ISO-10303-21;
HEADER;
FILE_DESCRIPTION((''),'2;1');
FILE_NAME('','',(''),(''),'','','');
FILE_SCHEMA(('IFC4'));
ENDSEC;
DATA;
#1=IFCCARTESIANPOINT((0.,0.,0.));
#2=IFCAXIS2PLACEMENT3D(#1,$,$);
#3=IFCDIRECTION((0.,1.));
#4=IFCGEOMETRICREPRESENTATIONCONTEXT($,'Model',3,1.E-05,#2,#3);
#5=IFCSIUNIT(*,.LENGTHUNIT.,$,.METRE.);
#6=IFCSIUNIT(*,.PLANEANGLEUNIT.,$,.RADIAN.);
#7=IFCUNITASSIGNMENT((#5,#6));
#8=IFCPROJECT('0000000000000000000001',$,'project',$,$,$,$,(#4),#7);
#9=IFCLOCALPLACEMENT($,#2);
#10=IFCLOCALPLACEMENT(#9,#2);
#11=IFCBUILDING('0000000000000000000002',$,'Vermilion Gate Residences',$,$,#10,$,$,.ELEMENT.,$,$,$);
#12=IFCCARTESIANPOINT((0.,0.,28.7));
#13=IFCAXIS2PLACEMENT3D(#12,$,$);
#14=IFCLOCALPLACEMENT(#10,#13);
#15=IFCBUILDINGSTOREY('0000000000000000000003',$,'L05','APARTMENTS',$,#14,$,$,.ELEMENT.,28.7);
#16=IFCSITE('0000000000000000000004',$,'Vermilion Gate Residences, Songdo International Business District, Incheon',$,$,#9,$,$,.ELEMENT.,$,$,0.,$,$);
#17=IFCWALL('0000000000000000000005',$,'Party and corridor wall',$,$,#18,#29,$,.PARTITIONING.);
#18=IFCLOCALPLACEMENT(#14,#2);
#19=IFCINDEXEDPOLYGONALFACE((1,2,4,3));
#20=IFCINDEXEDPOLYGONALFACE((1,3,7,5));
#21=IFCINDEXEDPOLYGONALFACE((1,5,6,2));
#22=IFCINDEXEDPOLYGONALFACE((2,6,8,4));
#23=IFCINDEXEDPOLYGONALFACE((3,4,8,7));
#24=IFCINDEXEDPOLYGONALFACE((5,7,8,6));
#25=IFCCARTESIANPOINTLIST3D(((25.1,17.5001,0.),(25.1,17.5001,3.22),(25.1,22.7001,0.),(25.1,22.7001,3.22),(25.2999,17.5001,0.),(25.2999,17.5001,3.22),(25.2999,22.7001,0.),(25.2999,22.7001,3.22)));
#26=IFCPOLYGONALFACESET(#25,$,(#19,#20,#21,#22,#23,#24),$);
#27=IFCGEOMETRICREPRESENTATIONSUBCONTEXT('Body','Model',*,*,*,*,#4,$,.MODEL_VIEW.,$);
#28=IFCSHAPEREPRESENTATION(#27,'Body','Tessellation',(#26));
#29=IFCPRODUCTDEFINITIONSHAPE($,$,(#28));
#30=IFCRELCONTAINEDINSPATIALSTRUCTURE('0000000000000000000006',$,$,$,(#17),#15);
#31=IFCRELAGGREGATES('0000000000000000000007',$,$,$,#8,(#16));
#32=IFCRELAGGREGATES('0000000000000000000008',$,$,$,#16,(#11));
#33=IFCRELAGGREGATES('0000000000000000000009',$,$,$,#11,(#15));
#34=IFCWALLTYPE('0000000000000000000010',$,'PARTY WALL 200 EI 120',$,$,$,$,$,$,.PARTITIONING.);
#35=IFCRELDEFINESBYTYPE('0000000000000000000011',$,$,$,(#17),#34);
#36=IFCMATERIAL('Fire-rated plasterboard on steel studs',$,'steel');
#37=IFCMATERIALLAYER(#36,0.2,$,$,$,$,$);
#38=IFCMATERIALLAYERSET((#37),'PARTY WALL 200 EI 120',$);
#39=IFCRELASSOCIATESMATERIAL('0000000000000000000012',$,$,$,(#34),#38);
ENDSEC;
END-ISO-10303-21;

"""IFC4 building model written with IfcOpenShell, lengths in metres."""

from ifc_helpers import new_model, si_unit, direction, frame, frame_2d, origin, place, context, subcontext, project, spatial, rectangle, extrude, material, layer, layer_set, type_object, element, save


model = new_model("IFC4")

# Units and contexts
model_context = context("Model", 3, precision=1e-05, world=origin(), true_north=direction((0.0, 1.0)))
body_context = subcontext(model_context, "Body", "Model", "MODEL_VIEW")
ifc_project = project(units=[si_unit("LENGTHUNIT", "METRE"), si_unit("PLANEANGLEUNIT", "RADIAN")], contexts=[model_context])

# Site, building, storey
site_placement = place(None, origin())
site = spatial("IfcSite", under=ifc_project, at=site_placement, Name="Vermilion Gate Residences, Songdo International Business District, Incheon", CompositionType="ELEMENT", RefElevation=0.0)
building_placement = place(site_placement, origin())
building = spatial("IfcBuilding", under=site, at=building_placement, Name="Vermilion Gate Residences", CompositionType="ELEMENT")
storey_placement = place(building_placement, frame((0.0, 0.0, 28.7)))
storey = spatial("IfcBuildingStorey", under=building, at=storey_placement, Name="L05", Description="APARTMENTS", CompositionType="ELEMENT", Elevation=28.7)

# Wall
ifc_material_1 = material(Name="Fire-rated plasterboard on steel studs", Category="steel")
ifc_layer_1 = layer(ifc_material_1, 0.2)
ifc_layer_set_1 = layer_set([ifc_layer_1], Name="PARTY WALL 200 EI 120")
wall_type_1 = type_object("IfcWallType", Name="PARTY WALL 200 EI 120", PredefinedType="PARTITIONING", material=ifc_layer_set_1)
for number, where, z_axis, x_axis, name in (
    (1, (25.2, 17.5, 0.0), (0.0, 0.0, 1.0), (0.0, 1.0, 0.0), "Party and corridor wall"),
):
    element("IfcWall", number, at=place(storey_placement, frame(where, z_axis=z_axis, x_axis=x_axis)), inside=storey, type_object=wall_type_1, Name=name, PredefinedType="PARTITIONING", context=body_context, shape_type="SweptSolid", body=[
        extrude(rectangle(XDim=5.2, YDim=0.2, at=frame_2d((2.6001, 0.0))), origin(), (0.0, 0.0, 1.0), 3.22),
    ])

save(model, "model.ifc")
